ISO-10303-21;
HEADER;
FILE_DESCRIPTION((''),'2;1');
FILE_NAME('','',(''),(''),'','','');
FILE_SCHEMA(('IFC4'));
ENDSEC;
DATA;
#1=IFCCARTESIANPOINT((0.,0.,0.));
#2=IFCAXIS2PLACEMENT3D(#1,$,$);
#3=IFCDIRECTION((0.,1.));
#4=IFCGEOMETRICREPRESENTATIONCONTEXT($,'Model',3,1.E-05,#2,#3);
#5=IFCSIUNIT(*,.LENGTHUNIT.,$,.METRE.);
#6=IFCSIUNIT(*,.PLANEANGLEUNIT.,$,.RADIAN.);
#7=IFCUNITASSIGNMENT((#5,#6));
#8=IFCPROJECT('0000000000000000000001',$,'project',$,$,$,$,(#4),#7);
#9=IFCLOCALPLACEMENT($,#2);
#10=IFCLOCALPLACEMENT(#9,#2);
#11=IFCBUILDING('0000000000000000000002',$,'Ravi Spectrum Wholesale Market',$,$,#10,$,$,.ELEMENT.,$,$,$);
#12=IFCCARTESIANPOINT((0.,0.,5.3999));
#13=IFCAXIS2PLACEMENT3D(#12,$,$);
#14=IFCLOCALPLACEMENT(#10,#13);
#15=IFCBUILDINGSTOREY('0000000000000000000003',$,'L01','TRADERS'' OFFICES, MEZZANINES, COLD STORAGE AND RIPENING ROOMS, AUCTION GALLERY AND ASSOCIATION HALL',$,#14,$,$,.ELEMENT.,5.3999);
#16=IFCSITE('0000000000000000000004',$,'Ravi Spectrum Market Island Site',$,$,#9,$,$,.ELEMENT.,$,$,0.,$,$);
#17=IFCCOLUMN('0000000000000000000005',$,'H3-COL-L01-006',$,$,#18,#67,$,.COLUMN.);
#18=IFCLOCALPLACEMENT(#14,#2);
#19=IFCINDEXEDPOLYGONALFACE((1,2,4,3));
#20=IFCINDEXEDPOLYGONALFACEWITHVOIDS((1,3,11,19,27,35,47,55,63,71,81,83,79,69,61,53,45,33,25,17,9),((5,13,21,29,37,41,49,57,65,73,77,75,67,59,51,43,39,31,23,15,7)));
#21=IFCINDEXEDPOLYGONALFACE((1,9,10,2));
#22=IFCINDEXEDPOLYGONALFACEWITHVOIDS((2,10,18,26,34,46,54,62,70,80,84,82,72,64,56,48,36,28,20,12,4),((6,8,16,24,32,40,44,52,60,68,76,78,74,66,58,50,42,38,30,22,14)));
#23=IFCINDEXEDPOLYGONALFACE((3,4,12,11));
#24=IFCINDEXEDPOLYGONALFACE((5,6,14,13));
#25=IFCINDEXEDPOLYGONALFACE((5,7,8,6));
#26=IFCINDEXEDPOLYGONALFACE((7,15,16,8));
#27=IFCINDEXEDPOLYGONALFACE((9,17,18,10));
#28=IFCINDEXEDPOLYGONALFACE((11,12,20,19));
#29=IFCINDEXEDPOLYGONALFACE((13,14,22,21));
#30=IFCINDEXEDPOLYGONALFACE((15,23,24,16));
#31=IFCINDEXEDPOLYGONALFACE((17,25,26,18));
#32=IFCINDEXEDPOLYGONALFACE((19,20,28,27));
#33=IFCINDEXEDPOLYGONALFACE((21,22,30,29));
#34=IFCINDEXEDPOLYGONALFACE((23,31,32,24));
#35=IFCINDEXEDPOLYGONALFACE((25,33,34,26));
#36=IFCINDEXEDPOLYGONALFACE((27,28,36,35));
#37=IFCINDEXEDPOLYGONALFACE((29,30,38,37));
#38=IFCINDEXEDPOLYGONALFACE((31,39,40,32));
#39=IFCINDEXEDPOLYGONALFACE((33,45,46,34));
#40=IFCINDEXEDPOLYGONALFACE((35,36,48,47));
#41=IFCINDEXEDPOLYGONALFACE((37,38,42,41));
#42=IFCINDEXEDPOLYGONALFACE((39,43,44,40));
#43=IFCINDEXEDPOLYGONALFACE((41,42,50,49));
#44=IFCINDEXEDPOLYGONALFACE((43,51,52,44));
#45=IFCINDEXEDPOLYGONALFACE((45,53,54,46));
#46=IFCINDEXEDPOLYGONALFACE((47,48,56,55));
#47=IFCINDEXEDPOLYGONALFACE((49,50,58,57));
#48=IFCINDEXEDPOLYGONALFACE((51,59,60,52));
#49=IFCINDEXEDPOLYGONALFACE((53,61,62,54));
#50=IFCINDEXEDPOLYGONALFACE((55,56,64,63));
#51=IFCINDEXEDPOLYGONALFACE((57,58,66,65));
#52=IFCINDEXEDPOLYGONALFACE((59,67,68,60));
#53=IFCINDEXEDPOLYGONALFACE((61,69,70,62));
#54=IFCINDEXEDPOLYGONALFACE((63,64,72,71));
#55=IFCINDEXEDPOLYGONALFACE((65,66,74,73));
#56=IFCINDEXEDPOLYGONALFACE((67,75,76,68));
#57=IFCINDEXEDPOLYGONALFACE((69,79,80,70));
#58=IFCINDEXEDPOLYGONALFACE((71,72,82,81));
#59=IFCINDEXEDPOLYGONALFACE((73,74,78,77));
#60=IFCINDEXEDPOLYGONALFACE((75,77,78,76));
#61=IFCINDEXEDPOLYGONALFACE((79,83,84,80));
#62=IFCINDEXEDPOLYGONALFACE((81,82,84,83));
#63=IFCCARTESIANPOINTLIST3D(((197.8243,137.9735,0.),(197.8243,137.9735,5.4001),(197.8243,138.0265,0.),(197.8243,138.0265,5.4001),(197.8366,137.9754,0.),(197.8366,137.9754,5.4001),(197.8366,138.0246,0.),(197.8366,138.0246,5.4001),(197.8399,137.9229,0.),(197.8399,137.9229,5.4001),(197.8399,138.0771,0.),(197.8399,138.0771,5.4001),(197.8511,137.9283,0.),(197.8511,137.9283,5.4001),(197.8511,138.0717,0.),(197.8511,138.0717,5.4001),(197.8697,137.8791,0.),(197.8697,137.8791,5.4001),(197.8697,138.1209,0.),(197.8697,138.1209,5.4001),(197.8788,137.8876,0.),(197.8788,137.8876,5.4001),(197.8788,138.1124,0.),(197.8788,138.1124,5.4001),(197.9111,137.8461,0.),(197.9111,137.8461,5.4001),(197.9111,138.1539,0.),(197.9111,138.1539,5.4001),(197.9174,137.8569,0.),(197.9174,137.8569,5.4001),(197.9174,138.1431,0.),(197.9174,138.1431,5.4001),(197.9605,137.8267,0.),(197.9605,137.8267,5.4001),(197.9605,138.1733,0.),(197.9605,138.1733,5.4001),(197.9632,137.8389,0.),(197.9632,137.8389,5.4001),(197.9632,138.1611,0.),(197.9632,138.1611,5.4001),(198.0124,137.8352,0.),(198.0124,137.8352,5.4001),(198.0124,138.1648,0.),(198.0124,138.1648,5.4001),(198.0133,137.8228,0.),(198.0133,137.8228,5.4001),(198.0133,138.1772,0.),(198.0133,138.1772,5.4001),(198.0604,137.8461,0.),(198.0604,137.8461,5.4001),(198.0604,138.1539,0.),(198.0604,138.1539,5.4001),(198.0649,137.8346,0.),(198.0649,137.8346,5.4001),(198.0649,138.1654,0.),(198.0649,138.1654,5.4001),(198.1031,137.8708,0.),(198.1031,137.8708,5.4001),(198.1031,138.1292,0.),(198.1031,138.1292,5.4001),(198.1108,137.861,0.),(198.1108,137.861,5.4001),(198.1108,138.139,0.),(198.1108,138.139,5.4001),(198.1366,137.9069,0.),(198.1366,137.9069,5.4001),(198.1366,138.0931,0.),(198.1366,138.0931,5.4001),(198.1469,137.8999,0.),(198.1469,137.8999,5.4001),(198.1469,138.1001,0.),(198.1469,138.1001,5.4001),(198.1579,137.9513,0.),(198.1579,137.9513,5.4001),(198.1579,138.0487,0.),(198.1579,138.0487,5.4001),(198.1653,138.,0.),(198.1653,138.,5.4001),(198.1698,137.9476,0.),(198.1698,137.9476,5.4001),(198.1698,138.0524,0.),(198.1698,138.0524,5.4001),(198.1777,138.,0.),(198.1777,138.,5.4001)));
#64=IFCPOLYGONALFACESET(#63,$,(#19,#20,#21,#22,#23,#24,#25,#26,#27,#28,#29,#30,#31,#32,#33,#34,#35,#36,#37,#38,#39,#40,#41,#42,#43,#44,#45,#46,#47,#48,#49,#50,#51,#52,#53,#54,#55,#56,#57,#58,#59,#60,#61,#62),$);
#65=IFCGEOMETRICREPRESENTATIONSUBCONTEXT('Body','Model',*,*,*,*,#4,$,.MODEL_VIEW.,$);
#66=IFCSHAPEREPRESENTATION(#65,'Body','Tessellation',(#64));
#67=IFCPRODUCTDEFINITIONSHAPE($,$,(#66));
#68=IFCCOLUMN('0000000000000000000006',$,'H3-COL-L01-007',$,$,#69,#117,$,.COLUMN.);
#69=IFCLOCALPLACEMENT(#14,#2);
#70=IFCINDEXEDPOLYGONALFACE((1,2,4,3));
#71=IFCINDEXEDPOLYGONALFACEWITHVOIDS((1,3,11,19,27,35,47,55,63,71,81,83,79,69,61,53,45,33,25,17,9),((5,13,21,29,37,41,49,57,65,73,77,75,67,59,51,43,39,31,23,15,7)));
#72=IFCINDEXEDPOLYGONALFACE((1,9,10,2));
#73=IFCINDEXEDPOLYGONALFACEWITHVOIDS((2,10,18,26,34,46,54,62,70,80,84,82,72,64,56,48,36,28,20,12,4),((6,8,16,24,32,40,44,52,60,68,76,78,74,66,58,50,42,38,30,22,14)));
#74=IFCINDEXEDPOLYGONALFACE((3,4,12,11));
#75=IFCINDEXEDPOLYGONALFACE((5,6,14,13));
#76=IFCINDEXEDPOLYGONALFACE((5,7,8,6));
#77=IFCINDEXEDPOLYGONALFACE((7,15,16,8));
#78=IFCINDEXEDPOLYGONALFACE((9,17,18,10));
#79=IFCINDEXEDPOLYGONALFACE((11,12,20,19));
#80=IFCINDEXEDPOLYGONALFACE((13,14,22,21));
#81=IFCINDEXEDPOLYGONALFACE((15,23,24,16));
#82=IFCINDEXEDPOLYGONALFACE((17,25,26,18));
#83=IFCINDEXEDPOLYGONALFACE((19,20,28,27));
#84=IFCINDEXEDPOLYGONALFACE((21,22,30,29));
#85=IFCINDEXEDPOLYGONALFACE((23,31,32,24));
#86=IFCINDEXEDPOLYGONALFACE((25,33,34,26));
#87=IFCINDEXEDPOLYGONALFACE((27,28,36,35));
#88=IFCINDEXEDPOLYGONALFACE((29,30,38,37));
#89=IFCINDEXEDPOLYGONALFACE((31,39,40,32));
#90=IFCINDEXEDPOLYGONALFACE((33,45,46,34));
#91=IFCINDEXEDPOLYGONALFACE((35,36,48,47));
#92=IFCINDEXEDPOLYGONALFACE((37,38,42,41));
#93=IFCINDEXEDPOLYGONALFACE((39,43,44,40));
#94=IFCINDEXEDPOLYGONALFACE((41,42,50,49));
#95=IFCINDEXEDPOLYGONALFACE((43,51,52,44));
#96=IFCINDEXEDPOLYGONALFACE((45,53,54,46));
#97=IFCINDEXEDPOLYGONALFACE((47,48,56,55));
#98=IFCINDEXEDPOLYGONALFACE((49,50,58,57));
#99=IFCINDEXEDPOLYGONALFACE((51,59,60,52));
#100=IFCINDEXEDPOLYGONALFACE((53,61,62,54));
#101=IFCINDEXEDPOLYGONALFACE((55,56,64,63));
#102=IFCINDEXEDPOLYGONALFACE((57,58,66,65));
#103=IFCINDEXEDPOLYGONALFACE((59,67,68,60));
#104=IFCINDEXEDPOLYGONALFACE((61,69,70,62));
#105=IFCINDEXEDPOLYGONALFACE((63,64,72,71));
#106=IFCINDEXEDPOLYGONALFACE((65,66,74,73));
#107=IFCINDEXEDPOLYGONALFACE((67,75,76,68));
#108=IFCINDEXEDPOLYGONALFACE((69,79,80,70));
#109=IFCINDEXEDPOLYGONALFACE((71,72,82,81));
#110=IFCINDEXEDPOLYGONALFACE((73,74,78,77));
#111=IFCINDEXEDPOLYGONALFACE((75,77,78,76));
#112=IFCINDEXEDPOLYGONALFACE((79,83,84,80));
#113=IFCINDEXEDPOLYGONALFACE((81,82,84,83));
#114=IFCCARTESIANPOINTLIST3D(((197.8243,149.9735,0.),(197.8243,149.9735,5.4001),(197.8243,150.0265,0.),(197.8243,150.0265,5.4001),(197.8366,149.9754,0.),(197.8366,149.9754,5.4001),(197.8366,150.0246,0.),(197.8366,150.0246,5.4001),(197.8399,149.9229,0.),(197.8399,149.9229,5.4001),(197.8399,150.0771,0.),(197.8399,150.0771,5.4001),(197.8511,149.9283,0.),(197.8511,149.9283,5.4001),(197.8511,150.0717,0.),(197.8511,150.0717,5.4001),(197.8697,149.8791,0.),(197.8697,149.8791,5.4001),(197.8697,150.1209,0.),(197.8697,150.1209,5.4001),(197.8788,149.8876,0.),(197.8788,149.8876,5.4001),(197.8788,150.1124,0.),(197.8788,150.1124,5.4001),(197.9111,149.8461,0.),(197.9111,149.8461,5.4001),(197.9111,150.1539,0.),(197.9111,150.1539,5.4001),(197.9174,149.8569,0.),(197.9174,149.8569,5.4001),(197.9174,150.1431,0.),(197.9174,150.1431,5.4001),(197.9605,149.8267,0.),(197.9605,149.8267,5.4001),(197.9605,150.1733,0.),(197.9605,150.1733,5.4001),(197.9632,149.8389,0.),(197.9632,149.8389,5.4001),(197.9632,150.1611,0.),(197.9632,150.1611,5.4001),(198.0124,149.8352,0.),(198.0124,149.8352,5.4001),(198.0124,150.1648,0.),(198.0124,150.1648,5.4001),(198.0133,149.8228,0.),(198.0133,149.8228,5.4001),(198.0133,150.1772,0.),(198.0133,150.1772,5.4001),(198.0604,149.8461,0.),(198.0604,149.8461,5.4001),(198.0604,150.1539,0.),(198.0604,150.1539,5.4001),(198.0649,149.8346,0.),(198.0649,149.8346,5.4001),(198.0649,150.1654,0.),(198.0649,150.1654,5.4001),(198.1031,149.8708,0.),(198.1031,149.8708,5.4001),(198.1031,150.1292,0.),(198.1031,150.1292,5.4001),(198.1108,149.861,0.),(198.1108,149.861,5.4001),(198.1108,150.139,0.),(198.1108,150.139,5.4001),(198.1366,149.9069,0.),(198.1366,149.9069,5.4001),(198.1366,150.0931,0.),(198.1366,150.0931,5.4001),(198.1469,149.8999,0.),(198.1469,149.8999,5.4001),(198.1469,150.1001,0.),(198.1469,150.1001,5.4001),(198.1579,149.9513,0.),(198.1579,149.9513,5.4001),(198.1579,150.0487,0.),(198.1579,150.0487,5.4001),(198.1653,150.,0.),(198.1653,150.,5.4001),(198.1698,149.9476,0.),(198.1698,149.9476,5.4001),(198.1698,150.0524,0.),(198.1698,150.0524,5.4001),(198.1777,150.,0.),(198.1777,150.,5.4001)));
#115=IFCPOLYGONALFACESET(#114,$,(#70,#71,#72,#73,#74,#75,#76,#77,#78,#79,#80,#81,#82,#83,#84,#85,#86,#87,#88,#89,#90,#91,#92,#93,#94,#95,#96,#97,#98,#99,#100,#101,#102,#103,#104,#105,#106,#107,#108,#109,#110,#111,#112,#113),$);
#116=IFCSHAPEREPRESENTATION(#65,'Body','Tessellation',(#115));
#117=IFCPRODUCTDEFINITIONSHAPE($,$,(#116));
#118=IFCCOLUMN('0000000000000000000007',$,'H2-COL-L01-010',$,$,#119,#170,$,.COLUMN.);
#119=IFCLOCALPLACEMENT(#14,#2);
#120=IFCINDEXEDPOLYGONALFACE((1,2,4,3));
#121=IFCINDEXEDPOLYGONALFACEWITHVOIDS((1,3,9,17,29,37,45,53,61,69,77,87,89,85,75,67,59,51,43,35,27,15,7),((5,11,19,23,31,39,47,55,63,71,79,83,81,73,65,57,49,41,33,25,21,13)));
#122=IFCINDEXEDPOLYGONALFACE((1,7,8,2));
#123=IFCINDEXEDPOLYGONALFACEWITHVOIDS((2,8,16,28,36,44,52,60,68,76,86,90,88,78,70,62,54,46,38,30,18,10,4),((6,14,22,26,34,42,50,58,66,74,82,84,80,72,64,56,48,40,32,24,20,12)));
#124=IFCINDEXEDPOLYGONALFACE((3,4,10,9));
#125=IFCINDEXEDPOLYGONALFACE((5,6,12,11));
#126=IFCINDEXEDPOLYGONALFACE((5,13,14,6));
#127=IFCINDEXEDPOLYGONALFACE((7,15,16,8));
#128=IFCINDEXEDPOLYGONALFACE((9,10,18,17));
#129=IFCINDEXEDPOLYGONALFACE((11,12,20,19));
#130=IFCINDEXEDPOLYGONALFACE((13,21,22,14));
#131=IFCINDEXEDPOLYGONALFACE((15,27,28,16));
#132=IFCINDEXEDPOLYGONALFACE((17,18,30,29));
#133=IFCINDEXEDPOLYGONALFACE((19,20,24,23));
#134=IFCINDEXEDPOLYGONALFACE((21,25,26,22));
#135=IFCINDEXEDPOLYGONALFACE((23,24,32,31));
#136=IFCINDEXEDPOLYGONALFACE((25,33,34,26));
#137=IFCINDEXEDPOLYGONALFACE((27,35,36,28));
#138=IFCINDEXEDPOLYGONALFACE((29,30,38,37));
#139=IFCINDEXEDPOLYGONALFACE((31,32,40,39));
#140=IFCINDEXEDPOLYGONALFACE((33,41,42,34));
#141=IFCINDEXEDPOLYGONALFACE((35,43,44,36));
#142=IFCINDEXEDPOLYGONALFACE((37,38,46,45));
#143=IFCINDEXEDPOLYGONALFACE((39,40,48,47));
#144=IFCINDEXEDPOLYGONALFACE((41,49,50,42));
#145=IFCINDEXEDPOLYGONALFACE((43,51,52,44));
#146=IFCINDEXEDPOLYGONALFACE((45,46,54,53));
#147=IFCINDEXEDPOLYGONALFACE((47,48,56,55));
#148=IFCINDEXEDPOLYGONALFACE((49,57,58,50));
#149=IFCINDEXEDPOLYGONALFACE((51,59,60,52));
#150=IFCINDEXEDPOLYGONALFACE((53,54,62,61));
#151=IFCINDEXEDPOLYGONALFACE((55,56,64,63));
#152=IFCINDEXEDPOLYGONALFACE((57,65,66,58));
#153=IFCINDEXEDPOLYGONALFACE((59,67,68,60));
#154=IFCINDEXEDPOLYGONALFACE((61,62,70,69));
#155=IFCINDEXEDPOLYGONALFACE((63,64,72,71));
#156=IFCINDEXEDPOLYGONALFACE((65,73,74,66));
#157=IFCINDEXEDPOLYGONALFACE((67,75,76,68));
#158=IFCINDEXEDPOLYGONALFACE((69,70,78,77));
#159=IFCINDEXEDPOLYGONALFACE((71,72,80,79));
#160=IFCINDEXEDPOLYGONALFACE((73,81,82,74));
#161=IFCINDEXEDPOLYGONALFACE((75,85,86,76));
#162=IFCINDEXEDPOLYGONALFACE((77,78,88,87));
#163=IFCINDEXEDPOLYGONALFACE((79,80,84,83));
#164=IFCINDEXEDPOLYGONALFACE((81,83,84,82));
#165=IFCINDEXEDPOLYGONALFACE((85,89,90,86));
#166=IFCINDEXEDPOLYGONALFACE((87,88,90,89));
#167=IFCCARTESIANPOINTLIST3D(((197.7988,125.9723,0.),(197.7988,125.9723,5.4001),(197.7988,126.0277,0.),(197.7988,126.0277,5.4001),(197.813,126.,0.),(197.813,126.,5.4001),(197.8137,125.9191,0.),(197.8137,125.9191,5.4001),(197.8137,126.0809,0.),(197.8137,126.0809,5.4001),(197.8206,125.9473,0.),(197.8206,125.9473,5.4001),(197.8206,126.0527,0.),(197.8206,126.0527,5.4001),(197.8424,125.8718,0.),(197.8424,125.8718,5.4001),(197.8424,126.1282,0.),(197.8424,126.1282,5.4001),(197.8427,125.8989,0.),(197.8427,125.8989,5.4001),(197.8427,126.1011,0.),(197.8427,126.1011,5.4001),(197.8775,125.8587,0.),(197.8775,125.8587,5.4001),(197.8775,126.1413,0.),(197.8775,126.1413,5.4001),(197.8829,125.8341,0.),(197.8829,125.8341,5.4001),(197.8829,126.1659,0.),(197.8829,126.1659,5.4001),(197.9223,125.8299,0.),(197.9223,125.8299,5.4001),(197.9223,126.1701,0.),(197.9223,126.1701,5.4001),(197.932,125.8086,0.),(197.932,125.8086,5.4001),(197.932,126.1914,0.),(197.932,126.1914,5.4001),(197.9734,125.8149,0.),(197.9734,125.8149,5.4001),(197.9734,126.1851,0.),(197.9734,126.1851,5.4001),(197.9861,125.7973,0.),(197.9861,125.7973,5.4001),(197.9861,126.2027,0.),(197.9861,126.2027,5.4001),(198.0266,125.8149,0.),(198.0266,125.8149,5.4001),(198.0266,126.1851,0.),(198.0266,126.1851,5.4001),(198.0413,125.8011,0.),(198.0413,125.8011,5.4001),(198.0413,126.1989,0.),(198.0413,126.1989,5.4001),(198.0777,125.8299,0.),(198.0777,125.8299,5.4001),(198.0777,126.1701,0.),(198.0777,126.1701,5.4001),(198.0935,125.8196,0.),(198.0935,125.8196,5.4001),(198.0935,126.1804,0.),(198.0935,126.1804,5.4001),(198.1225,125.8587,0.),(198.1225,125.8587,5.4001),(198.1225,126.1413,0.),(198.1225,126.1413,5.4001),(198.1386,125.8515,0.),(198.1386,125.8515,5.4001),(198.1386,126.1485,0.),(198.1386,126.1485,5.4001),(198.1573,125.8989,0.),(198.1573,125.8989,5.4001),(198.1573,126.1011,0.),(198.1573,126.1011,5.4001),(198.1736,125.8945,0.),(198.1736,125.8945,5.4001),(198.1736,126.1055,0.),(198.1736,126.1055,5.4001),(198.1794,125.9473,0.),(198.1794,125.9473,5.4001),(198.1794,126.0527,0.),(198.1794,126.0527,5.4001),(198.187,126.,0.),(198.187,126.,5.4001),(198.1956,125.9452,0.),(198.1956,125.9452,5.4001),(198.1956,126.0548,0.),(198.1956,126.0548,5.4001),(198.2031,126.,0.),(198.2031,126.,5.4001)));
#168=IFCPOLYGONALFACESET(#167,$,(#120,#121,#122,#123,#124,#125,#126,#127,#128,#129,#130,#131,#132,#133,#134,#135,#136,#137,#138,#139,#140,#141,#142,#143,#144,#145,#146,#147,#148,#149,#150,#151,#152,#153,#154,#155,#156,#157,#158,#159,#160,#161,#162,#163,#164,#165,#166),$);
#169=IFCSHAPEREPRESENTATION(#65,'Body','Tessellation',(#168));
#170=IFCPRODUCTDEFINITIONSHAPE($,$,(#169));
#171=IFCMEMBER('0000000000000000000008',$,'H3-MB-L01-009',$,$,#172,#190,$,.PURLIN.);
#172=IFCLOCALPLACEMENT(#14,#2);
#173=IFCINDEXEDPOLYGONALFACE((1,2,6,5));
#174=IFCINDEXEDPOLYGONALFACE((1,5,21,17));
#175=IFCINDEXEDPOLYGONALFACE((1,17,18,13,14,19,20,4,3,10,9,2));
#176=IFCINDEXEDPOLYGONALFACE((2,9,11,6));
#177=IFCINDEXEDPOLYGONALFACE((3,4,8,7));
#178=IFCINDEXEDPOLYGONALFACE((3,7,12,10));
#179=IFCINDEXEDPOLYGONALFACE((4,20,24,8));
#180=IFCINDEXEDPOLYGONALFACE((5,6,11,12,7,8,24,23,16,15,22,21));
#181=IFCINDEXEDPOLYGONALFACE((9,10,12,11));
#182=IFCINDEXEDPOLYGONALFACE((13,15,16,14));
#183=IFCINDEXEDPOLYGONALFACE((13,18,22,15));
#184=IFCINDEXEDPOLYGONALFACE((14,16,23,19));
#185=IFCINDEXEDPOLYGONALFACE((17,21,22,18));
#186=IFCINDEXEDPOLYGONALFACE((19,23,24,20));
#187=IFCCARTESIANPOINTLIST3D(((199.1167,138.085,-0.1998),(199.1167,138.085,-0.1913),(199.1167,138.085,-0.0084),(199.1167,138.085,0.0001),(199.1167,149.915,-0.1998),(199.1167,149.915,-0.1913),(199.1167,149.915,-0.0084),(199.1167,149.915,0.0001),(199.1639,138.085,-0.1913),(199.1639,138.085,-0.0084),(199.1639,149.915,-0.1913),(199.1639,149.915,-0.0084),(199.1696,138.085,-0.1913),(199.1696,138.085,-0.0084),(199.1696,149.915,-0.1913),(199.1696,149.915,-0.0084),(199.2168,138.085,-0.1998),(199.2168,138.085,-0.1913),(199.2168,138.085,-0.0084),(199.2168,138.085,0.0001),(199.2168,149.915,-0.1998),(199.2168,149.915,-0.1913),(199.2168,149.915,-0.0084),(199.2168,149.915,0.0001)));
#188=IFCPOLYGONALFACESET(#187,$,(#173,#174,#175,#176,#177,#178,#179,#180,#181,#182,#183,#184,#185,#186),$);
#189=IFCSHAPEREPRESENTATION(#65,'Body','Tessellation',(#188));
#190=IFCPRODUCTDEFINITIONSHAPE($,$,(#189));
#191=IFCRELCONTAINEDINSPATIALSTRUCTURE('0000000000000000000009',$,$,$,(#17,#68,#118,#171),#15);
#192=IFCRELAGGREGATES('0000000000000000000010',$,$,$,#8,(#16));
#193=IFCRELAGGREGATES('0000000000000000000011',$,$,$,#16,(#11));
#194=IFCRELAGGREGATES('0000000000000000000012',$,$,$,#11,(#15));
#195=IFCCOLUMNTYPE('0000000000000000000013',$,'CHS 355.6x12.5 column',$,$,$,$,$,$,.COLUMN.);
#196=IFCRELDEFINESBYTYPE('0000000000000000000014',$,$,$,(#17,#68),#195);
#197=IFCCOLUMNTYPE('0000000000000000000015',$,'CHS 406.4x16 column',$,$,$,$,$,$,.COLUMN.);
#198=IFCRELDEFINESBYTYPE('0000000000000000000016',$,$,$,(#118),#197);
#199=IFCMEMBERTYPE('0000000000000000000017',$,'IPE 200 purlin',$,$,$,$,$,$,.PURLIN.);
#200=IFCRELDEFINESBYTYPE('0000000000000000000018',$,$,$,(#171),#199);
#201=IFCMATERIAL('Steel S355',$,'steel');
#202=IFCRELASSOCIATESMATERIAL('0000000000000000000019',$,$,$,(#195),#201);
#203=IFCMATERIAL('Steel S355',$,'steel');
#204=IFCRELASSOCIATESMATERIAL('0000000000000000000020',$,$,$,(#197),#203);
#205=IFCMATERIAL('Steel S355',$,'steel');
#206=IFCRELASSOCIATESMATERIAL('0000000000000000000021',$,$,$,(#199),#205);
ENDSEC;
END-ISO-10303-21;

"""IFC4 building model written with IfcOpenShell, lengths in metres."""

from ifc_helpers import new_model, si_unit, direction, frame, origin, origin_2d, place, context, subcontext, project, spatial, hollow_circle, i_section, extrude, material, material_profile, profile_set, type_object, element, save


model = new_model("IFC4")

# Units and contexts
model_context = context("Model", 3, precision=1e-05, world=origin(), true_north=direction((0.0, 1.0)))
body_context = subcontext(model_context, "Body", "Model", "MODEL_VIEW")
ifc_project = project(units=[si_unit("LENGTHUNIT", "METRE"), si_unit("PLANEANGLEUNIT", "RADIAN")], contexts=[model_context])

# Site, building, storey
site_placement = place(None, origin())
site = spatial("IfcSite", under=ifc_project, at=site_placement, Name="Ravi Spectrum Market Island Site", CompositionType="ELEMENT", RefElevation=0.0)
building_placement = place(site_placement, origin())
building = spatial("IfcBuilding", under=site, at=building_placement, Name="Ravi Spectrum Wholesale Market", CompositionType="ELEMENT")
storey_placement = place(building_placement, frame((0.0, 0.0, 5.3999)))
storey = spatial("IfcBuildingStorey", under=building, at=storey_placement, Name="L01", Description="TRADERS' OFFICES, MEZZANINES, COLD STORAGE AND RIPENING ROOMS, AUCTION GALLERY AND ASSOCIATION HALL", CompositionType="ELEMENT", Elevation=5.3999)

# Columns
ifc_material_1 = material(Name="Steel S355", Category="steel")
ifc_material_profile_1 = material_profile(ifc_material_1, hollow_circle(Radius=0.1777, WallThickness=0.0125, at=origin_2d()))
ifc_profile_set_1 = profile_set([ifc_material_profile_1], Name="Steel S355")
column_type_1 = type_object("IfcColumnType", Name="CHS 355.6x12.5 column", PredefinedType="COLUMN", material=ifc_profile_set_1)
for number, where, z_axis, x_axis, name in (
    (1, (198.0, 138.0, 0.0), (0.0, 0.0, 1.0), (1.0, 0.0, 0.0), "H3-COL-L01-006"),
    (2, (198.0, 150.0, 0.0), (0.0, 0.0, 1.0), (1.0, 0.0, 0.0), "H3-COL-L01-007"),
):
    element("IfcColumn", number, at=place(storey_placement, frame(where, z_axis=z_axis, x_axis=x_axis)), inside=storey, type_object=column_type_1, Name=name, PredefinedType="COLUMN", context=body_context, shape_type="SweptSolid", body=[
        extrude(hollow_circle(Radius=0.1777, WallThickness=0.0125, at=origin_2d()), origin(), (0.0, 0.0, 1.0), 5.4001),
    ])
ifc_material_2 = material(Name="Steel S355", Category="steel")
ifc_material_profile_2 = material_profile(ifc_material_2, hollow_circle(Radius=0.2031, WallThickness=0.0161, at=origin_2d()))
ifc_profile_set_2 = profile_set([ifc_material_profile_2], Name="Steel S355")
column_type_2 = type_object("IfcColumnType", Name="CHS 406.4x16 column", PredefinedType="COLUMN", material=ifc_profile_set_2)
column_placement = place(storey_placement, frame((198.0, 126.0, 0.0), z_axis=(0.0, 0.0, 1.0), x_axis=(1.0, 0.0, 0.0)))
element("IfcColumn", 3, at=column_placement, inside=storey, type_object=column_type_2, Name="H2-COL-L01-010", PredefinedType="COLUMN", context=body_context, shape_type="SweptSolid", body=[
    extrude(hollow_circle(Radius=0.2031, WallThickness=0.0161, at=origin_2d()), origin(), (0.0, 0.0, 1.0), 5.4001),
])

# Member
ifc_material_3 = material(Name="Steel S355", Category="steel")
ifc_material_profile_3 = material_profile(ifc_material_3, i_section(OverallWidth=0.1001, OverallDepth=0.2, WebThickness=0.0056, FlangeThickness=0.0085, at=origin_2d()))
ifc_profile_set_3 = profile_set([ifc_material_profile_3], Name="Steel S355")
member_type_1 = type_object("IfcMemberType", Name="IPE 200 purlin", PredefinedType="PURLIN", material=ifc_profile_set_3)
for number, where, z_axis, x_axis, name in (
    (4, (199.1667, 138.085, -0.0999), (0.0, 1.0, 0.0), (-1.0, 0.0, 0.0), "H3-MB-L01-009"),
):
    element("IfcMember", number, at=place(storey_placement, frame(where, z_axis=z_axis, x_axis=x_axis)), inside=storey, type_object=member_type_1, Name=name, PredefinedType="PURLIN", context=body_context, shape_type="SweptSolid", body=[
        extrude(i_section(OverallWidth=0.1001, OverallDepth=0.2, WebThickness=0.0056, FlangeThickness=0.0085, at=origin_2d()), origin(), (0.0, 0.0, 1.0), 11.8301),
    ])

save(model, "model.ifc")
